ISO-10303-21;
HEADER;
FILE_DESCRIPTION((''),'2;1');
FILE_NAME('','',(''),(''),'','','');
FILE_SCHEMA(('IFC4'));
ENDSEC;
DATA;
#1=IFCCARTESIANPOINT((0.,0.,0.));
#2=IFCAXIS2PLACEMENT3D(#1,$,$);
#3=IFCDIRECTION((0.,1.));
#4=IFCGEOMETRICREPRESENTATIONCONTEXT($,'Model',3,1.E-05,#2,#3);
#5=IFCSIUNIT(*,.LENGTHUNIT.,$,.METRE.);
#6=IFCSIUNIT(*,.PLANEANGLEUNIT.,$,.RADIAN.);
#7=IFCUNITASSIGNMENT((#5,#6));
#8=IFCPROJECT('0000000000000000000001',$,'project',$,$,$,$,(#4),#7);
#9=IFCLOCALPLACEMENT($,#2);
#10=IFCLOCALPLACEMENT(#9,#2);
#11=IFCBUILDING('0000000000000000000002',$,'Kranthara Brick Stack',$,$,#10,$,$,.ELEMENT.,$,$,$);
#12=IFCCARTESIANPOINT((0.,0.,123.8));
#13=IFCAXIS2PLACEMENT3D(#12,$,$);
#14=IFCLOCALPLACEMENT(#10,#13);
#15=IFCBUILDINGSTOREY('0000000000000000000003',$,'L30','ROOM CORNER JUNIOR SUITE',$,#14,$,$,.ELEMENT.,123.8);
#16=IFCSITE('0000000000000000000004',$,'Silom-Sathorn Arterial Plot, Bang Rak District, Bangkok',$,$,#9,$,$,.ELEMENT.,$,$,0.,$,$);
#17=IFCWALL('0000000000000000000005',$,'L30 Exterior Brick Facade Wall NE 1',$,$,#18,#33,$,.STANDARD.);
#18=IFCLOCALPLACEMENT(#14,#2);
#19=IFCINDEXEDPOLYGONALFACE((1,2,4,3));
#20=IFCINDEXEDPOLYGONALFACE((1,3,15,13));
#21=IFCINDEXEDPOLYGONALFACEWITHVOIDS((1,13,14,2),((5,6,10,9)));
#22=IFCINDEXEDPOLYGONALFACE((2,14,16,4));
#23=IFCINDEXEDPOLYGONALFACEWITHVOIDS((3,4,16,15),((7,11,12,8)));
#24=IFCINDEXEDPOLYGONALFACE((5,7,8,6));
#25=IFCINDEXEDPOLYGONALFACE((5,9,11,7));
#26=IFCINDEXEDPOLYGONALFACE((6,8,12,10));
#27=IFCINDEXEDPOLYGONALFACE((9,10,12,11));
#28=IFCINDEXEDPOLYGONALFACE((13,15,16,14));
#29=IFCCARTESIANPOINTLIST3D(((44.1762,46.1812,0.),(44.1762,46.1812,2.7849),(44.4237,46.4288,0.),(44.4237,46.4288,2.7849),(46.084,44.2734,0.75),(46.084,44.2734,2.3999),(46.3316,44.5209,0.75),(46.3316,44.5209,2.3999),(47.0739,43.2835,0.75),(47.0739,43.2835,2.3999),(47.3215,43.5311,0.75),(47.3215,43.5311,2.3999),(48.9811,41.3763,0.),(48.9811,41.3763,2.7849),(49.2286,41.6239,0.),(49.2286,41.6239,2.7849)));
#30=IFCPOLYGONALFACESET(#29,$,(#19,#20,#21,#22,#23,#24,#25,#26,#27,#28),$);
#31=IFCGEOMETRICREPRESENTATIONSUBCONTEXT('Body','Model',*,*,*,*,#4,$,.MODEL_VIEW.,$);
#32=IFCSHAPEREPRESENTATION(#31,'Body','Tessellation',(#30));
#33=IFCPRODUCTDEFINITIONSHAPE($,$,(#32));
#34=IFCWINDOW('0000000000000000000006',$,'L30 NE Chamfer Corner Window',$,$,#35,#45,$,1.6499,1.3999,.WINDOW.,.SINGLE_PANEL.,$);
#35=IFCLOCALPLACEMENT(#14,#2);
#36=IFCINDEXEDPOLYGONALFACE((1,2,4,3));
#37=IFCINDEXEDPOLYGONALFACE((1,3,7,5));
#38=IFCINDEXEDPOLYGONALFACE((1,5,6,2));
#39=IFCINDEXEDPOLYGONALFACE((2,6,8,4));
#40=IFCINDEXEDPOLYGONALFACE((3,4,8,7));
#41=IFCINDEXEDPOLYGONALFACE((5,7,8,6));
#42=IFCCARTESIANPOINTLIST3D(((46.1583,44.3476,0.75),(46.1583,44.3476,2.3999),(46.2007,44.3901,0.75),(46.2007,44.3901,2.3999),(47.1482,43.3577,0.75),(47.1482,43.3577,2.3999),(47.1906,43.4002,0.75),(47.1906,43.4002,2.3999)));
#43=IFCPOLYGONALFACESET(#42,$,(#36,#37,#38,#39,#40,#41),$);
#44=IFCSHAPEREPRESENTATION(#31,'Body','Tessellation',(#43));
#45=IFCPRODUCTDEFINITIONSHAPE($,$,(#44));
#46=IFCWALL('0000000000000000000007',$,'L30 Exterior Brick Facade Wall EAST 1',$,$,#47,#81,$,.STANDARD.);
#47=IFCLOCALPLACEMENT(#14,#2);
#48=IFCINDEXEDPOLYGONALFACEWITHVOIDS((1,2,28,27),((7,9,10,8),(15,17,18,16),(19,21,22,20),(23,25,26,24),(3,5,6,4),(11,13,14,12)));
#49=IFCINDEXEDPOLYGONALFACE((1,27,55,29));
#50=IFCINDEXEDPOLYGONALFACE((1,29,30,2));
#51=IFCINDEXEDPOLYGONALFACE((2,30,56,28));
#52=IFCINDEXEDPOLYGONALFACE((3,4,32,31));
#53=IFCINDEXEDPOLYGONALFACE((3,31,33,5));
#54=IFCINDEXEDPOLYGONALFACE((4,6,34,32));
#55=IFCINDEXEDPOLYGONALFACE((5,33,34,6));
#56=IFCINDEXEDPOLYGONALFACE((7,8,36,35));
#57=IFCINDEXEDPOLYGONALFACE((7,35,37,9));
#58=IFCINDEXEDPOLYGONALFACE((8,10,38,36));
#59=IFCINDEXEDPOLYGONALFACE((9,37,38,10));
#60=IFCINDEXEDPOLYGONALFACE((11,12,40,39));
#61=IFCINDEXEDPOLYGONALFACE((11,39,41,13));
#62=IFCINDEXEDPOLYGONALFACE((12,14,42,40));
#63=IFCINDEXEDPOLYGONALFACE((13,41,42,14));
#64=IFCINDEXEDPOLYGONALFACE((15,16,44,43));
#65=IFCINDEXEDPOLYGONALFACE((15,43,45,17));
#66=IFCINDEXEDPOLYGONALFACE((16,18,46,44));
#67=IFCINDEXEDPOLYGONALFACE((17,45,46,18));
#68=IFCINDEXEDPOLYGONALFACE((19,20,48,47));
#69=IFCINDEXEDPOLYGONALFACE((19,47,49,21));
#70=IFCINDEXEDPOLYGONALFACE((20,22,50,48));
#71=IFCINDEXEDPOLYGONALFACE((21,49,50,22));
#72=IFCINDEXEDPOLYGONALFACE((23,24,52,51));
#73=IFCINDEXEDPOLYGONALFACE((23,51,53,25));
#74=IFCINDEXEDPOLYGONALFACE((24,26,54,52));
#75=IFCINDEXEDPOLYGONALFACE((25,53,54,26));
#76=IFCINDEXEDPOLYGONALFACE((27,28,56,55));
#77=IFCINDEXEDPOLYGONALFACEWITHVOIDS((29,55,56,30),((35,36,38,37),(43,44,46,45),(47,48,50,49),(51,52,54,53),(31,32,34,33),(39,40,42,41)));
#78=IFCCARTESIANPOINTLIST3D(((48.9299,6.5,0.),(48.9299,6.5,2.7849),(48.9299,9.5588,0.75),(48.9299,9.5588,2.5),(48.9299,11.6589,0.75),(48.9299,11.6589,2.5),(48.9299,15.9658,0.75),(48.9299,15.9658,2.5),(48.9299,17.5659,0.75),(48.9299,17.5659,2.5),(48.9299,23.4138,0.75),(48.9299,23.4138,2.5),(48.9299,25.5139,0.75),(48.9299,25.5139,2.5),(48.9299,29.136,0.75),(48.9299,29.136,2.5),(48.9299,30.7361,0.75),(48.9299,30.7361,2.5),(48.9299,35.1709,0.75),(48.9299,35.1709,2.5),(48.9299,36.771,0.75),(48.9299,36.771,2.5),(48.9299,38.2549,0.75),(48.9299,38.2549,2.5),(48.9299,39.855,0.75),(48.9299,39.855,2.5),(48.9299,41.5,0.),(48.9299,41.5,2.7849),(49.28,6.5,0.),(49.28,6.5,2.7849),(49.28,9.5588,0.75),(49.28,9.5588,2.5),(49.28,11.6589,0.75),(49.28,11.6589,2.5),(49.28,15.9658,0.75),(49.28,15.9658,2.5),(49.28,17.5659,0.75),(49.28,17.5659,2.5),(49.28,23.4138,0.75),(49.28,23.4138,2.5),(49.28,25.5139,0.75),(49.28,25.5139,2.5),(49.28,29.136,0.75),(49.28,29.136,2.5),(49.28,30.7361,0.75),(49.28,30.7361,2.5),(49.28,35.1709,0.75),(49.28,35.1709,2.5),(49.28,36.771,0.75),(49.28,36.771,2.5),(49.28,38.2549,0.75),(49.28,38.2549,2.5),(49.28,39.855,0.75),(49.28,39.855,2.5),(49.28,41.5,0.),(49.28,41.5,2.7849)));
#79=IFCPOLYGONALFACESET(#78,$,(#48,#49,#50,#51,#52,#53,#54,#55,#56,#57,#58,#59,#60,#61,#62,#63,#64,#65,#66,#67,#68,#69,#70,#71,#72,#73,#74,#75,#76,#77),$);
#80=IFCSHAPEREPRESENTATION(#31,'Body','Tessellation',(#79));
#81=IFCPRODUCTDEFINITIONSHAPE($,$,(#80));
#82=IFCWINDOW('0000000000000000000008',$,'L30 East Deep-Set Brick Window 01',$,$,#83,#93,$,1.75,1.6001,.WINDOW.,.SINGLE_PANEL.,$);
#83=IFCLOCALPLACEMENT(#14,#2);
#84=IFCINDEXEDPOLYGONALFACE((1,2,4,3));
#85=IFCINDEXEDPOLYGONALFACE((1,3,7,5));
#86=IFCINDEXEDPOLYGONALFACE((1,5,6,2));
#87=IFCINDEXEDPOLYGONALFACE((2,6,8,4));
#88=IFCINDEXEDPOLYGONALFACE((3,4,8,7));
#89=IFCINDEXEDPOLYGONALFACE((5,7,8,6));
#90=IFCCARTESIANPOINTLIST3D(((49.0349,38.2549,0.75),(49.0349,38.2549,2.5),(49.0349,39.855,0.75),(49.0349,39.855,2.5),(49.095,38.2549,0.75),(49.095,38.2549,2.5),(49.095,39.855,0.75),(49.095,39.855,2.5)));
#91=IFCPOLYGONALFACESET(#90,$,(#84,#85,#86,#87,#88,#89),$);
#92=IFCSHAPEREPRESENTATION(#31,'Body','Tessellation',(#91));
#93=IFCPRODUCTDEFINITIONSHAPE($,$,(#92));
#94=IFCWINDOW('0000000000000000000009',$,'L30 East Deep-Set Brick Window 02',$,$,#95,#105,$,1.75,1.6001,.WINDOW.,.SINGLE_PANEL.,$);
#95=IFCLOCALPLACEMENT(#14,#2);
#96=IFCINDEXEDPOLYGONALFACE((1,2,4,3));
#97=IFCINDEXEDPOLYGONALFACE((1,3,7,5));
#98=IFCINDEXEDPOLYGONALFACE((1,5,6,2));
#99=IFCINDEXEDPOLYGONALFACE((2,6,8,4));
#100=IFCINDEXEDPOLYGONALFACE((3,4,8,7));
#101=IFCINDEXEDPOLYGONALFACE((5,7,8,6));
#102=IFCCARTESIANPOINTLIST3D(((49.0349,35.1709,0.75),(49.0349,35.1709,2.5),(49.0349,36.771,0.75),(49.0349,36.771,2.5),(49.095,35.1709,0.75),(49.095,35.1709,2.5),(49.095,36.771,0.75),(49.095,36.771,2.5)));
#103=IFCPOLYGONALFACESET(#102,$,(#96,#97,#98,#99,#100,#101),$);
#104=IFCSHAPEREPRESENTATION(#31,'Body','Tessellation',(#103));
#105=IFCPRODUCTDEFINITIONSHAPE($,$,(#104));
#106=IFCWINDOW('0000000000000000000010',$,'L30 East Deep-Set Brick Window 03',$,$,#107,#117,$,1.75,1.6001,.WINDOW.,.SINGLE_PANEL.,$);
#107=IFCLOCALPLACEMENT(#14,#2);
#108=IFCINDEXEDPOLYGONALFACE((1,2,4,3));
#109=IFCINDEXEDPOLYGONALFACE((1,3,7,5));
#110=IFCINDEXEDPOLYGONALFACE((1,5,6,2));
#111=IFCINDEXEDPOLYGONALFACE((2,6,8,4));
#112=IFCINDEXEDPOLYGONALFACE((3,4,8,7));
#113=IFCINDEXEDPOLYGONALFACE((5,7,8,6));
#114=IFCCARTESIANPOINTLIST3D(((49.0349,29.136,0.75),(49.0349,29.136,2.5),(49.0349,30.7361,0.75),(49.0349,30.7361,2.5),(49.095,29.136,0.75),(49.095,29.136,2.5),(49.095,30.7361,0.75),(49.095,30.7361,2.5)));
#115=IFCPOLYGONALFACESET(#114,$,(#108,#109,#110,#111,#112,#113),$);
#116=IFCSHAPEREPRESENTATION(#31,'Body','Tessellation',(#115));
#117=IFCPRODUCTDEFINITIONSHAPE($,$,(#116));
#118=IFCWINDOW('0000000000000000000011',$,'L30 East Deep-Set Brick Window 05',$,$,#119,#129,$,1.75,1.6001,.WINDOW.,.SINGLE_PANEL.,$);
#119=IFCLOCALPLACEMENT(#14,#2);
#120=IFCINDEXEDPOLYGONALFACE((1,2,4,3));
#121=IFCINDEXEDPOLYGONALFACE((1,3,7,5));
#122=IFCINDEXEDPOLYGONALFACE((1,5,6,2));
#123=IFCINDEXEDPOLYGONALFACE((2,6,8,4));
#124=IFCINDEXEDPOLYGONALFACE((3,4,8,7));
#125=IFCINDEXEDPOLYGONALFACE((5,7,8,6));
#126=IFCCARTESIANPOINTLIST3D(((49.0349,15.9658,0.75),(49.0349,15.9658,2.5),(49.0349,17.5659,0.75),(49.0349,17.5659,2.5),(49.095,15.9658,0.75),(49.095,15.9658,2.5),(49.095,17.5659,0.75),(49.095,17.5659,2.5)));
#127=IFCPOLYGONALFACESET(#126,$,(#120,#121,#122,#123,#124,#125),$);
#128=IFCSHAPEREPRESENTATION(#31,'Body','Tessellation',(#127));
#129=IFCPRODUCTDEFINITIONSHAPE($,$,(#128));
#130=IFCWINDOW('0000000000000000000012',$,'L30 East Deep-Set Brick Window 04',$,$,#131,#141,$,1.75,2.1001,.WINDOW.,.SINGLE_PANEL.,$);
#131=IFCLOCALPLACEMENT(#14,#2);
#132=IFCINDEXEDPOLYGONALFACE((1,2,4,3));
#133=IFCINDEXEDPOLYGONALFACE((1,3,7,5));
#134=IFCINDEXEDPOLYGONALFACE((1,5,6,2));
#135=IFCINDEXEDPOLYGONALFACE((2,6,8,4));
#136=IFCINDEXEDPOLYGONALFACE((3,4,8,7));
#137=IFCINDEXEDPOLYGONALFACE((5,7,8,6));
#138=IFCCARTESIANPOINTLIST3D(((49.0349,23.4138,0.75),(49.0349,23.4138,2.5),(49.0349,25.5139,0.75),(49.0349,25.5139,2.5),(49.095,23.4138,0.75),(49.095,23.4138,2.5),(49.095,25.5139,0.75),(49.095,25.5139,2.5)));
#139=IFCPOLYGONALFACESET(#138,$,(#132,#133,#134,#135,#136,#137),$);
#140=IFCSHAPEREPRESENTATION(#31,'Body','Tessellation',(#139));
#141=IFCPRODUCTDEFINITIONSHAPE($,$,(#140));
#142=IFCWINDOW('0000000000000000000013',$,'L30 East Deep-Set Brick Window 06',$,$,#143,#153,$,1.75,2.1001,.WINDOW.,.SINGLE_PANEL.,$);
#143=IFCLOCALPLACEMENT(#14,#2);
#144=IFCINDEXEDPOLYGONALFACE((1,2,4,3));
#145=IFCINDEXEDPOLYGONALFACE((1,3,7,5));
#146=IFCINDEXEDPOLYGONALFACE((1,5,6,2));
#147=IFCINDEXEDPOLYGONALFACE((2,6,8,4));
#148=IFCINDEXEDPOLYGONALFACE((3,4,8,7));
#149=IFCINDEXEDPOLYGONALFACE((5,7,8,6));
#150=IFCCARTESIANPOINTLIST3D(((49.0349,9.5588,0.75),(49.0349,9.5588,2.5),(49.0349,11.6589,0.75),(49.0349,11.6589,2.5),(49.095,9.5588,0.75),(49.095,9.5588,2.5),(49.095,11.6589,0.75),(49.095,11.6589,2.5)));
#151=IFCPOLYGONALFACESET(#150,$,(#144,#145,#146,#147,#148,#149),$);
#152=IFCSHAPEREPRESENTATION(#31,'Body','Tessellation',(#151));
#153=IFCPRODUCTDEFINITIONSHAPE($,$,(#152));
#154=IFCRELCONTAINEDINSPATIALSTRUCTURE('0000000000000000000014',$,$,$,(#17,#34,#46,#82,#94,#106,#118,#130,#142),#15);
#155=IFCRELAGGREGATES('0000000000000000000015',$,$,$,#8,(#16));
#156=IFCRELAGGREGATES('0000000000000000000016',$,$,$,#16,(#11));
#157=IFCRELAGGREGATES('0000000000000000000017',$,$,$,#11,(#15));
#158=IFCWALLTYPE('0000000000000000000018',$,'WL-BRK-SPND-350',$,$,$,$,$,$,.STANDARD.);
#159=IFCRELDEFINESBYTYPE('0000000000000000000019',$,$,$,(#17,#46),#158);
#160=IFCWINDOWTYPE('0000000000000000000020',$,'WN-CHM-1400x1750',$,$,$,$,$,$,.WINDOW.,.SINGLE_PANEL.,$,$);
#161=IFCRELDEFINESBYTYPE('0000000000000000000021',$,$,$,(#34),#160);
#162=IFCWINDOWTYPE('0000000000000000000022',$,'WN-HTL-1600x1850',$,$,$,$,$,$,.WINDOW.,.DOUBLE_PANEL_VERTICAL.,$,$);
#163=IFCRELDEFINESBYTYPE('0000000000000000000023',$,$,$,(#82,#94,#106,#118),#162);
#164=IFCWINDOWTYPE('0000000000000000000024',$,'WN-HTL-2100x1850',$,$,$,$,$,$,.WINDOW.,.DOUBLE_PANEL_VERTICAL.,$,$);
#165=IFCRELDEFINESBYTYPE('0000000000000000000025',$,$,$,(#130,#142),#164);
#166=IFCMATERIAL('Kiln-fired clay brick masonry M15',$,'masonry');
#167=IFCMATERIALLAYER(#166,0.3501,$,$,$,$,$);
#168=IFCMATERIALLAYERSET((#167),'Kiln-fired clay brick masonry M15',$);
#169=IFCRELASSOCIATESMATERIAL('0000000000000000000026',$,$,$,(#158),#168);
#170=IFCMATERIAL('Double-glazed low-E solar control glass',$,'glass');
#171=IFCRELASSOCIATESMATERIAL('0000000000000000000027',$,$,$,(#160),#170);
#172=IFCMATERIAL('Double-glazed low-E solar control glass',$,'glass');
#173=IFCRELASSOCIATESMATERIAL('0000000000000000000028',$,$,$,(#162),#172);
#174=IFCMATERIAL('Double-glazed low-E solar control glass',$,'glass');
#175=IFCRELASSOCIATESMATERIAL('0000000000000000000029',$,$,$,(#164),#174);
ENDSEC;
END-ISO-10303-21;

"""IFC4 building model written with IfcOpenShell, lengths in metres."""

from ifc_helpers import new_model, si_unit, direction, frame, frame_2d, origin, place, context, subcontext, project, spatial, rectangle, extrude, material, layer, layer_set, type_object, element, fill, save


model = new_model("IFC4")

# Units and contexts
model_context = context("Model", 3, precision=1e-05, world=origin(), true_north=direction((0.0, 1.0)))
body_context = subcontext(model_context, "Body", "Model", "MODEL_VIEW")
ifc_project = project(units=[si_unit("LENGTHUNIT", "METRE"), si_unit("PLANEANGLEUNIT", "RADIAN")], contexts=[model_context])

# Site, building, storey
site_placement = place(None, origin())
site = spatial("IfcSite", under=ifc_project, at=site_placement, Name="Silom-Sathorn Arterial Plot, Bang Rak District, Bangkok", CompositionType="ELEMENT", RefElevation=0.0)
building_placement = place(site_placement, origin())
building = spatial("IfcBuilding", under=site, at=building_placement, Name="Kranthara Brick Stack", CompositionType="ELEMENT")
storey_placement = place(building_placement, frame((0.0, 0.0, 123.8)))
storey = spatial("IfcBuildingStorey", under=building, at=storey_placement, Name="L30", Description="ROOM CORNER JUNIOR SUITE", CompositionType="ELEMENT", Elevation=123.8)

# Wall, opening, window
ifc_material_1 = material(Name="Kiln-fired clay brick masonry M15", Category="masonry")
ifc_layer_1 = layer(ifc_material_1, 0.3501)
ifc_layer_set_1 = layer_set([ifc_layer_1], Name="Kiln-fired clay brick masonry M15")
wall_type_1 = type_object("IfcWallType", Name="WL-BRK-SPND-350", PredefinedType="STANDARD", material=ifc_layer_set_1)
wall_1_placement = place(storey_placement, frame((44.3, 46.3049, 0.0), z_axis=(0.0, 0.0, 1.0), x_axis=(0.707107, -0.707107, 0.0)))
wall_1 = element("IfcWall", 1, at=wall_1_placement, inside=storey, type_object=wall_type_1, Name="L30 Exterior Brick Facade Wall NE 1", PredefinedType="STANDARD", context=body_context, shape_type="SweptSolid", body=[
    extrude(rectangle(XDim=6.7952, YDim=0.3501, at=frame_2d((3.3975, 0.0))), origin(), (0.0, 0.0, 1.0), 2.7849),
])
opening_1_placement = place(wall_1_placement, frame((2.698, 0.0, 0.75)))
opening_1 = element("IfcOpeningElement", 2, at=opening_1_placement, cuts=wall_1, PredefinedType="OPENING", context=body_context, shape_type="SweptSolid", body=[
    extrude(rectangle(XDim=1.3999, YDim=1.6499, at=frame_2d((0.7, 0.825))), frame((0.0, 0.1851, 0.0), z_axis=(0.0, -1.0, 0.0), x_axis=(1.0, 0.0, 0.0)), (0.0, 0.0, 1.0), 0.3701),
])
ifc_material_2 = material(Name="Double-glazed low-E solar control glass", Category="glass")
window_type_1 = type_object("IfcWindowType", Name="WN-CHM-1400x1750", PartitioningType="SINGLE_PANEL", PredefinedType="WINDOW", material=ifc_material_2)
window_1_placement = place(opening_1_placement, origin())
window_1 = element("IfcWindow", 3, at=window_1_placement, inside=storey, type_object=window_type_1, Name="L30 NE Chamfer Corner Window", OverallHeight=1.6499, OverallWidth=1.3999, PartitioningType="SINGLE_PANEL", PredefinedType="WINDOW", context=body_context, shape_type="SweptSolid", body=[
    extrude(rectangle(XDim=1.3999, YDim=1.6499, at=frame_2d((0.7, 0.825))), frame((0.0, -0.01, 0.0), z_axis=(0.0, -1.0, 0.0), x_axis=(1.0, 0.0, 0.0)), (0.0, 0.0, 1.0), 0.0601),
])
fill(opening_1, window_1)

# Wall, openings, windows
wall_2_placement = place(storey_placement, frame((49.105, 41.5, 0.0), z_axis=(0.0, 0.0, 1.0), x_axis=(0.0, -1.0, 0.0)))
wall_2 = element("IfcWall", 4, at=wall_2_placement, inside=storey, type_object=wall_type_1, Name="L30 Exterior Brick Facade Wall EAST 1", PredefinedType="STANDARD", context=body_context, shape_type="SweptSolid", body=[
    extrude(rectangle(XDim=35.0, YDim=0.3501, at=frame_2d((17.5, 0.0))), origin(), (0.0, 0.0, 1.0), 2.7849),
])
opening_2_placement = place(wall_2_placement, frame((1.645, 0.0, 0.75)))
opening_2 = element("IfcOpeningElement", 5, at=opening_2_placement, cuts=wall_2, PredefinedType="OPENING", context=body_context, shape_type="SweptSolid", body=[
    extrude(rectangle(XDim=1.6001, YDim=1.75, at=frame_2d((0.8, 0.875))), frame((0.0, 0.1851, 0.0), z_axis=(0.0, -1.0, 0.0), x_axis=(1.0, 0.0, 0.0)), (0.0, 0.0, 1.0), 0.3701),
])
opening_3_placement = place(wall_2_placement, frame((4.729, 0.0, 0.75)))
opening_3 = element("IfcOpeningElement", 6, at=opening_3_placement, cuts=wall_2, PredefinedType="OPENING", context=body_context, shape_type="SweptSolid", body=[
    extrude(rectangle(XDim=1.6001, YDim=1.75, at=frame_2d((0.8, 0.875))), frame((0.0, 0.1851, 0.0), z_axis=(0.0, -1.0, 0.0), x_axis=(1.0, 0.0, 0.0)), (0.0, 0.0, 1.0), 0.3701),
])
opening_4_placement = place(wall_2_placement, frame((10.7639, 0.0, 0.75)))
opening_4 = element("IfcOpeningElement", 7, at=opening_4_placement, cuts=wall_2, PredefinedType="OPENING", context=body_context, shape_type="SweptSolid", body=[
    extrude(rectangle(XDim=1.6001, YDim=1.75, at=frame_2d((0.8, 0.875))), frame((0.0, 0.1851, 0.0), z_axis=(0.0, -1.0, 0.0), x_axis=(1.0, 0.0, 0.0)), (0.0, 0.0, 1.0), 0.3701),
])
opening_5_placement = place(wall_2_placement, frame((15.9861, 0.0, 0.75)))
opening_5 = element("IfcOpeningElement", 8, at=opening_5_placement, cuts=wall_2, PredefinedType="OPENING", context=body_context, shape_type="SweptSolid", body=[
    extrude(rectangle(XDim=2.1001, YDim=1.75, at=frame_2d((1.05, 0.875))), frame((0.0, 0.1851, 0.0), z_axis=(0.0, -1.0, 0.0), x_axis=(1.0, 0.0, 0.0)), (0.0, 0.0, 1.0), 0.3701),
])
opening_6_placement = place(wall_2_placement, frame((23.9341, 0.0, 0.75)))
opening_6 = element("IfcOpeningElement", 9, at=opening_6_placement, cuts=wall_2, PredefinedType="OPENING", context=body_context, shape_type="SweptSolid", body=[
    extrude(rectangle(XDim=1.6001, YDim=1.75, at=frame_2d((0.8, 0.875))), frame((0.0, 0.1851, 0.0), z_axis=(0.0, -1.0, 0.0), x_axis=(1.0, 0.0, 0.0)), (0.0, 0.0, 1.0), 0.3701),
])
opening_7_placement = place(wall_2_placement, frame((29.8411, 0.0, 0.75)))
opening_7 = element("IfcOpeningElement", 10, at=opening_7_placement, cuts=wall_2, PredefinedType="OPENING", context=body_context, shape_type="SweptSolid", body=[
    extrude(rectangle(XDim=2.1001, YDim=1.75, at=frame_2d((1.05, 0.875))), frame((0.0, 0.1851, 0.0), z_axis=(0.0, -1.0, 0.0), x_axis=(1.0, 0.0, 0.0)), (0.0, 0.0, 1.0), 0.3701),
])
ifc_material_3 = material(Name="Double-glazed low-E solar control glass", Category="glass")
window_type_2 = type_object("IfcWindowType", Name="WN-HTL-1600x1850", PartitioningType="DOUBLE_PANEL_VERTICAL", PredefinedType="WINDOW", material=ifc_material_3)
window_2_placement = place(opening_2_placement, origin())
window_2 = element("IfcWindow", 11, at=window_2_placement, inside=storey, type_object=window_type_2, Name="L30 East Deep-Set Brick Window 01", OverallHeight=1.75, OverallWidth=1.6001, PartitioningType="SINGLE_PANEL", PredefinedType="WINDOW", context=body_context, shape_type="SweptSolid", body=[
    extrude(rectangle(XDim=1.6001, YDim=1.75, at=frame_2d((0.8, 0.875))), frame((0.0, -0.01, 0.0), z_axis=(0.0, -1.0, 0.0), x_axis=(1.0, 0.0, 0.0)), (0.0, 0.0, 1.0), 0.0601),
])
fill(opening_2, window_2)
window_3_placement = place(opening_3_placement, origin())
window_3 = element("IfcWindow", 12, at=window_3_placement, inside=storey, type_object=window_type_2, Name="L30 East Deep-Set Brick Window 02", OverallHeight=1.75, OverallWidth=1.6001, PartitioningType="SINGLE_PANEL", PredefinedType="WINDOW", context=body_context, shape_type="SweptSolid", body=[
    extrude(rectangle(XDim=1.6001, YDim=1.75, at=frame_2d((0.8, 0.875))), frame((0.0, -0.01, 0.0), z_axis=(0.0, -1.0, 0.0), x_axis=(1.0, 0.0, 0.0)), (0.0, 0.0, 1.0), 0.0601),
])
fill(opening_3, window_3)
window_4_placement = place(opening_4_placement, origin())
window_4 = element("IfcWindow", 13, at=window_4_placement, inside=storey, type_object=window_type_2, Name="L30 East Deep-Set Brick Window 03", OverallHeight=1.75, OverallWidth=1.6001, PartitioningType="SINGLE_PANEL", PredefinedType="WINDOW", context=body_context, shape_type="SweptSolid", body=[
    extrude(rectangle(XDim=1.6001, YDim=1.75, at=frame_2d((0.8, 0.875))), frame((0.0, -0.01, 0.0), z_axis=(0.0, -1.0, 0.0), x_axis=(1.0, 0.0, 0.0)), (0.0, 0.0, 1.0), 0.0601),
])
fill(opening_4, window_4)
window_5_placement = place(opening_6_placement, origin())
window_5 = element("IfcWindow", 14, at=window_5_placement, inside=storey, type_object=window_type_2, Name="L30 East Deep-Set Brick Window 05", OverallHeight=1.75, OverallWidth=1.6001, PartitioningType="SINGLE_PANEL", PredefinedType="WINDOW", context=body_context, shape_type="SweptSolid", body=[
    extrude(rectangle(XDim=1.6001, YDim=1.75, at=frame_2d((0.8, 0.875))), frame((0.0, -0.01, 0.0), z_axis=(0.0, -1.0, 0.0), x_axis=(1.0, 0.0, 0.0)), (0.0, 0.0, 1.0), 0.0601),
])
fill(opening_6, window_5)
ifc_material_4 = material(Name="Double-glazed low-E solar control glass", Category="glass")
window_type_3 = type_object("IfcWindowType", Name="WN-HTL-2100x1850", PartitioningType="DOUBLE_PANEL_VERTICAL", PredefinedType="WINDOW", material=ifc_material_4)
window_6_placement = place(opening_5_placement, origin())
window_6 = element("IfcWindow", 15, at=window_6_placement, inside=storey, type_object=window_type_3, Name="L30 East Deep-Set Brick Window 04", OverallHeight=1.75, OverallWidth=2.1001, PartitioningType="SINGLE_PANEL", PredefinedType="WINDOW", context=body_context, shape_type="SweptSolid", body=[
    extrude(rectangle(XDim=2.1001, YDim=1.75, at=frame_2d((1.05, 0.875))), frame((0.0, -0.01, 0.0), z_axis=(0.0, -1.0, 0.0), x_axis=(1.0, 0.0, 0.0)), (0.0, 0.0, 1.0), 0.0601),
])
fill(opening_5, window_6)
window_7_placement = place(opening_7_placement, origin())
window_7 = element("IfcWindow", 16, at=window_7_placement, inside=storey, type_object=window_type_3, Name="L30 East Deep-Set Brick Window 06", OverallHeight=1.75, OverallWidth=2.1001, PartitioningType="SINGLE_PANEL", PredefinedType="WINDOW", context=body_context, shape_type="SweptSolid", body=[
    extrude(rectangle(XDim=2.1001, YDim=1.75, at=frame_2d((1.05, 0.875))), frame((0.0, -0.01, 0.0), z_axis=(0.0, -1.0, 0.0), x_axis=(1.0, 0.0, 0.0)), (0.0, 0.0, 1.0), 0.0601),
])
fill(opening_7, window_7)

save(model, "model.ifc")
